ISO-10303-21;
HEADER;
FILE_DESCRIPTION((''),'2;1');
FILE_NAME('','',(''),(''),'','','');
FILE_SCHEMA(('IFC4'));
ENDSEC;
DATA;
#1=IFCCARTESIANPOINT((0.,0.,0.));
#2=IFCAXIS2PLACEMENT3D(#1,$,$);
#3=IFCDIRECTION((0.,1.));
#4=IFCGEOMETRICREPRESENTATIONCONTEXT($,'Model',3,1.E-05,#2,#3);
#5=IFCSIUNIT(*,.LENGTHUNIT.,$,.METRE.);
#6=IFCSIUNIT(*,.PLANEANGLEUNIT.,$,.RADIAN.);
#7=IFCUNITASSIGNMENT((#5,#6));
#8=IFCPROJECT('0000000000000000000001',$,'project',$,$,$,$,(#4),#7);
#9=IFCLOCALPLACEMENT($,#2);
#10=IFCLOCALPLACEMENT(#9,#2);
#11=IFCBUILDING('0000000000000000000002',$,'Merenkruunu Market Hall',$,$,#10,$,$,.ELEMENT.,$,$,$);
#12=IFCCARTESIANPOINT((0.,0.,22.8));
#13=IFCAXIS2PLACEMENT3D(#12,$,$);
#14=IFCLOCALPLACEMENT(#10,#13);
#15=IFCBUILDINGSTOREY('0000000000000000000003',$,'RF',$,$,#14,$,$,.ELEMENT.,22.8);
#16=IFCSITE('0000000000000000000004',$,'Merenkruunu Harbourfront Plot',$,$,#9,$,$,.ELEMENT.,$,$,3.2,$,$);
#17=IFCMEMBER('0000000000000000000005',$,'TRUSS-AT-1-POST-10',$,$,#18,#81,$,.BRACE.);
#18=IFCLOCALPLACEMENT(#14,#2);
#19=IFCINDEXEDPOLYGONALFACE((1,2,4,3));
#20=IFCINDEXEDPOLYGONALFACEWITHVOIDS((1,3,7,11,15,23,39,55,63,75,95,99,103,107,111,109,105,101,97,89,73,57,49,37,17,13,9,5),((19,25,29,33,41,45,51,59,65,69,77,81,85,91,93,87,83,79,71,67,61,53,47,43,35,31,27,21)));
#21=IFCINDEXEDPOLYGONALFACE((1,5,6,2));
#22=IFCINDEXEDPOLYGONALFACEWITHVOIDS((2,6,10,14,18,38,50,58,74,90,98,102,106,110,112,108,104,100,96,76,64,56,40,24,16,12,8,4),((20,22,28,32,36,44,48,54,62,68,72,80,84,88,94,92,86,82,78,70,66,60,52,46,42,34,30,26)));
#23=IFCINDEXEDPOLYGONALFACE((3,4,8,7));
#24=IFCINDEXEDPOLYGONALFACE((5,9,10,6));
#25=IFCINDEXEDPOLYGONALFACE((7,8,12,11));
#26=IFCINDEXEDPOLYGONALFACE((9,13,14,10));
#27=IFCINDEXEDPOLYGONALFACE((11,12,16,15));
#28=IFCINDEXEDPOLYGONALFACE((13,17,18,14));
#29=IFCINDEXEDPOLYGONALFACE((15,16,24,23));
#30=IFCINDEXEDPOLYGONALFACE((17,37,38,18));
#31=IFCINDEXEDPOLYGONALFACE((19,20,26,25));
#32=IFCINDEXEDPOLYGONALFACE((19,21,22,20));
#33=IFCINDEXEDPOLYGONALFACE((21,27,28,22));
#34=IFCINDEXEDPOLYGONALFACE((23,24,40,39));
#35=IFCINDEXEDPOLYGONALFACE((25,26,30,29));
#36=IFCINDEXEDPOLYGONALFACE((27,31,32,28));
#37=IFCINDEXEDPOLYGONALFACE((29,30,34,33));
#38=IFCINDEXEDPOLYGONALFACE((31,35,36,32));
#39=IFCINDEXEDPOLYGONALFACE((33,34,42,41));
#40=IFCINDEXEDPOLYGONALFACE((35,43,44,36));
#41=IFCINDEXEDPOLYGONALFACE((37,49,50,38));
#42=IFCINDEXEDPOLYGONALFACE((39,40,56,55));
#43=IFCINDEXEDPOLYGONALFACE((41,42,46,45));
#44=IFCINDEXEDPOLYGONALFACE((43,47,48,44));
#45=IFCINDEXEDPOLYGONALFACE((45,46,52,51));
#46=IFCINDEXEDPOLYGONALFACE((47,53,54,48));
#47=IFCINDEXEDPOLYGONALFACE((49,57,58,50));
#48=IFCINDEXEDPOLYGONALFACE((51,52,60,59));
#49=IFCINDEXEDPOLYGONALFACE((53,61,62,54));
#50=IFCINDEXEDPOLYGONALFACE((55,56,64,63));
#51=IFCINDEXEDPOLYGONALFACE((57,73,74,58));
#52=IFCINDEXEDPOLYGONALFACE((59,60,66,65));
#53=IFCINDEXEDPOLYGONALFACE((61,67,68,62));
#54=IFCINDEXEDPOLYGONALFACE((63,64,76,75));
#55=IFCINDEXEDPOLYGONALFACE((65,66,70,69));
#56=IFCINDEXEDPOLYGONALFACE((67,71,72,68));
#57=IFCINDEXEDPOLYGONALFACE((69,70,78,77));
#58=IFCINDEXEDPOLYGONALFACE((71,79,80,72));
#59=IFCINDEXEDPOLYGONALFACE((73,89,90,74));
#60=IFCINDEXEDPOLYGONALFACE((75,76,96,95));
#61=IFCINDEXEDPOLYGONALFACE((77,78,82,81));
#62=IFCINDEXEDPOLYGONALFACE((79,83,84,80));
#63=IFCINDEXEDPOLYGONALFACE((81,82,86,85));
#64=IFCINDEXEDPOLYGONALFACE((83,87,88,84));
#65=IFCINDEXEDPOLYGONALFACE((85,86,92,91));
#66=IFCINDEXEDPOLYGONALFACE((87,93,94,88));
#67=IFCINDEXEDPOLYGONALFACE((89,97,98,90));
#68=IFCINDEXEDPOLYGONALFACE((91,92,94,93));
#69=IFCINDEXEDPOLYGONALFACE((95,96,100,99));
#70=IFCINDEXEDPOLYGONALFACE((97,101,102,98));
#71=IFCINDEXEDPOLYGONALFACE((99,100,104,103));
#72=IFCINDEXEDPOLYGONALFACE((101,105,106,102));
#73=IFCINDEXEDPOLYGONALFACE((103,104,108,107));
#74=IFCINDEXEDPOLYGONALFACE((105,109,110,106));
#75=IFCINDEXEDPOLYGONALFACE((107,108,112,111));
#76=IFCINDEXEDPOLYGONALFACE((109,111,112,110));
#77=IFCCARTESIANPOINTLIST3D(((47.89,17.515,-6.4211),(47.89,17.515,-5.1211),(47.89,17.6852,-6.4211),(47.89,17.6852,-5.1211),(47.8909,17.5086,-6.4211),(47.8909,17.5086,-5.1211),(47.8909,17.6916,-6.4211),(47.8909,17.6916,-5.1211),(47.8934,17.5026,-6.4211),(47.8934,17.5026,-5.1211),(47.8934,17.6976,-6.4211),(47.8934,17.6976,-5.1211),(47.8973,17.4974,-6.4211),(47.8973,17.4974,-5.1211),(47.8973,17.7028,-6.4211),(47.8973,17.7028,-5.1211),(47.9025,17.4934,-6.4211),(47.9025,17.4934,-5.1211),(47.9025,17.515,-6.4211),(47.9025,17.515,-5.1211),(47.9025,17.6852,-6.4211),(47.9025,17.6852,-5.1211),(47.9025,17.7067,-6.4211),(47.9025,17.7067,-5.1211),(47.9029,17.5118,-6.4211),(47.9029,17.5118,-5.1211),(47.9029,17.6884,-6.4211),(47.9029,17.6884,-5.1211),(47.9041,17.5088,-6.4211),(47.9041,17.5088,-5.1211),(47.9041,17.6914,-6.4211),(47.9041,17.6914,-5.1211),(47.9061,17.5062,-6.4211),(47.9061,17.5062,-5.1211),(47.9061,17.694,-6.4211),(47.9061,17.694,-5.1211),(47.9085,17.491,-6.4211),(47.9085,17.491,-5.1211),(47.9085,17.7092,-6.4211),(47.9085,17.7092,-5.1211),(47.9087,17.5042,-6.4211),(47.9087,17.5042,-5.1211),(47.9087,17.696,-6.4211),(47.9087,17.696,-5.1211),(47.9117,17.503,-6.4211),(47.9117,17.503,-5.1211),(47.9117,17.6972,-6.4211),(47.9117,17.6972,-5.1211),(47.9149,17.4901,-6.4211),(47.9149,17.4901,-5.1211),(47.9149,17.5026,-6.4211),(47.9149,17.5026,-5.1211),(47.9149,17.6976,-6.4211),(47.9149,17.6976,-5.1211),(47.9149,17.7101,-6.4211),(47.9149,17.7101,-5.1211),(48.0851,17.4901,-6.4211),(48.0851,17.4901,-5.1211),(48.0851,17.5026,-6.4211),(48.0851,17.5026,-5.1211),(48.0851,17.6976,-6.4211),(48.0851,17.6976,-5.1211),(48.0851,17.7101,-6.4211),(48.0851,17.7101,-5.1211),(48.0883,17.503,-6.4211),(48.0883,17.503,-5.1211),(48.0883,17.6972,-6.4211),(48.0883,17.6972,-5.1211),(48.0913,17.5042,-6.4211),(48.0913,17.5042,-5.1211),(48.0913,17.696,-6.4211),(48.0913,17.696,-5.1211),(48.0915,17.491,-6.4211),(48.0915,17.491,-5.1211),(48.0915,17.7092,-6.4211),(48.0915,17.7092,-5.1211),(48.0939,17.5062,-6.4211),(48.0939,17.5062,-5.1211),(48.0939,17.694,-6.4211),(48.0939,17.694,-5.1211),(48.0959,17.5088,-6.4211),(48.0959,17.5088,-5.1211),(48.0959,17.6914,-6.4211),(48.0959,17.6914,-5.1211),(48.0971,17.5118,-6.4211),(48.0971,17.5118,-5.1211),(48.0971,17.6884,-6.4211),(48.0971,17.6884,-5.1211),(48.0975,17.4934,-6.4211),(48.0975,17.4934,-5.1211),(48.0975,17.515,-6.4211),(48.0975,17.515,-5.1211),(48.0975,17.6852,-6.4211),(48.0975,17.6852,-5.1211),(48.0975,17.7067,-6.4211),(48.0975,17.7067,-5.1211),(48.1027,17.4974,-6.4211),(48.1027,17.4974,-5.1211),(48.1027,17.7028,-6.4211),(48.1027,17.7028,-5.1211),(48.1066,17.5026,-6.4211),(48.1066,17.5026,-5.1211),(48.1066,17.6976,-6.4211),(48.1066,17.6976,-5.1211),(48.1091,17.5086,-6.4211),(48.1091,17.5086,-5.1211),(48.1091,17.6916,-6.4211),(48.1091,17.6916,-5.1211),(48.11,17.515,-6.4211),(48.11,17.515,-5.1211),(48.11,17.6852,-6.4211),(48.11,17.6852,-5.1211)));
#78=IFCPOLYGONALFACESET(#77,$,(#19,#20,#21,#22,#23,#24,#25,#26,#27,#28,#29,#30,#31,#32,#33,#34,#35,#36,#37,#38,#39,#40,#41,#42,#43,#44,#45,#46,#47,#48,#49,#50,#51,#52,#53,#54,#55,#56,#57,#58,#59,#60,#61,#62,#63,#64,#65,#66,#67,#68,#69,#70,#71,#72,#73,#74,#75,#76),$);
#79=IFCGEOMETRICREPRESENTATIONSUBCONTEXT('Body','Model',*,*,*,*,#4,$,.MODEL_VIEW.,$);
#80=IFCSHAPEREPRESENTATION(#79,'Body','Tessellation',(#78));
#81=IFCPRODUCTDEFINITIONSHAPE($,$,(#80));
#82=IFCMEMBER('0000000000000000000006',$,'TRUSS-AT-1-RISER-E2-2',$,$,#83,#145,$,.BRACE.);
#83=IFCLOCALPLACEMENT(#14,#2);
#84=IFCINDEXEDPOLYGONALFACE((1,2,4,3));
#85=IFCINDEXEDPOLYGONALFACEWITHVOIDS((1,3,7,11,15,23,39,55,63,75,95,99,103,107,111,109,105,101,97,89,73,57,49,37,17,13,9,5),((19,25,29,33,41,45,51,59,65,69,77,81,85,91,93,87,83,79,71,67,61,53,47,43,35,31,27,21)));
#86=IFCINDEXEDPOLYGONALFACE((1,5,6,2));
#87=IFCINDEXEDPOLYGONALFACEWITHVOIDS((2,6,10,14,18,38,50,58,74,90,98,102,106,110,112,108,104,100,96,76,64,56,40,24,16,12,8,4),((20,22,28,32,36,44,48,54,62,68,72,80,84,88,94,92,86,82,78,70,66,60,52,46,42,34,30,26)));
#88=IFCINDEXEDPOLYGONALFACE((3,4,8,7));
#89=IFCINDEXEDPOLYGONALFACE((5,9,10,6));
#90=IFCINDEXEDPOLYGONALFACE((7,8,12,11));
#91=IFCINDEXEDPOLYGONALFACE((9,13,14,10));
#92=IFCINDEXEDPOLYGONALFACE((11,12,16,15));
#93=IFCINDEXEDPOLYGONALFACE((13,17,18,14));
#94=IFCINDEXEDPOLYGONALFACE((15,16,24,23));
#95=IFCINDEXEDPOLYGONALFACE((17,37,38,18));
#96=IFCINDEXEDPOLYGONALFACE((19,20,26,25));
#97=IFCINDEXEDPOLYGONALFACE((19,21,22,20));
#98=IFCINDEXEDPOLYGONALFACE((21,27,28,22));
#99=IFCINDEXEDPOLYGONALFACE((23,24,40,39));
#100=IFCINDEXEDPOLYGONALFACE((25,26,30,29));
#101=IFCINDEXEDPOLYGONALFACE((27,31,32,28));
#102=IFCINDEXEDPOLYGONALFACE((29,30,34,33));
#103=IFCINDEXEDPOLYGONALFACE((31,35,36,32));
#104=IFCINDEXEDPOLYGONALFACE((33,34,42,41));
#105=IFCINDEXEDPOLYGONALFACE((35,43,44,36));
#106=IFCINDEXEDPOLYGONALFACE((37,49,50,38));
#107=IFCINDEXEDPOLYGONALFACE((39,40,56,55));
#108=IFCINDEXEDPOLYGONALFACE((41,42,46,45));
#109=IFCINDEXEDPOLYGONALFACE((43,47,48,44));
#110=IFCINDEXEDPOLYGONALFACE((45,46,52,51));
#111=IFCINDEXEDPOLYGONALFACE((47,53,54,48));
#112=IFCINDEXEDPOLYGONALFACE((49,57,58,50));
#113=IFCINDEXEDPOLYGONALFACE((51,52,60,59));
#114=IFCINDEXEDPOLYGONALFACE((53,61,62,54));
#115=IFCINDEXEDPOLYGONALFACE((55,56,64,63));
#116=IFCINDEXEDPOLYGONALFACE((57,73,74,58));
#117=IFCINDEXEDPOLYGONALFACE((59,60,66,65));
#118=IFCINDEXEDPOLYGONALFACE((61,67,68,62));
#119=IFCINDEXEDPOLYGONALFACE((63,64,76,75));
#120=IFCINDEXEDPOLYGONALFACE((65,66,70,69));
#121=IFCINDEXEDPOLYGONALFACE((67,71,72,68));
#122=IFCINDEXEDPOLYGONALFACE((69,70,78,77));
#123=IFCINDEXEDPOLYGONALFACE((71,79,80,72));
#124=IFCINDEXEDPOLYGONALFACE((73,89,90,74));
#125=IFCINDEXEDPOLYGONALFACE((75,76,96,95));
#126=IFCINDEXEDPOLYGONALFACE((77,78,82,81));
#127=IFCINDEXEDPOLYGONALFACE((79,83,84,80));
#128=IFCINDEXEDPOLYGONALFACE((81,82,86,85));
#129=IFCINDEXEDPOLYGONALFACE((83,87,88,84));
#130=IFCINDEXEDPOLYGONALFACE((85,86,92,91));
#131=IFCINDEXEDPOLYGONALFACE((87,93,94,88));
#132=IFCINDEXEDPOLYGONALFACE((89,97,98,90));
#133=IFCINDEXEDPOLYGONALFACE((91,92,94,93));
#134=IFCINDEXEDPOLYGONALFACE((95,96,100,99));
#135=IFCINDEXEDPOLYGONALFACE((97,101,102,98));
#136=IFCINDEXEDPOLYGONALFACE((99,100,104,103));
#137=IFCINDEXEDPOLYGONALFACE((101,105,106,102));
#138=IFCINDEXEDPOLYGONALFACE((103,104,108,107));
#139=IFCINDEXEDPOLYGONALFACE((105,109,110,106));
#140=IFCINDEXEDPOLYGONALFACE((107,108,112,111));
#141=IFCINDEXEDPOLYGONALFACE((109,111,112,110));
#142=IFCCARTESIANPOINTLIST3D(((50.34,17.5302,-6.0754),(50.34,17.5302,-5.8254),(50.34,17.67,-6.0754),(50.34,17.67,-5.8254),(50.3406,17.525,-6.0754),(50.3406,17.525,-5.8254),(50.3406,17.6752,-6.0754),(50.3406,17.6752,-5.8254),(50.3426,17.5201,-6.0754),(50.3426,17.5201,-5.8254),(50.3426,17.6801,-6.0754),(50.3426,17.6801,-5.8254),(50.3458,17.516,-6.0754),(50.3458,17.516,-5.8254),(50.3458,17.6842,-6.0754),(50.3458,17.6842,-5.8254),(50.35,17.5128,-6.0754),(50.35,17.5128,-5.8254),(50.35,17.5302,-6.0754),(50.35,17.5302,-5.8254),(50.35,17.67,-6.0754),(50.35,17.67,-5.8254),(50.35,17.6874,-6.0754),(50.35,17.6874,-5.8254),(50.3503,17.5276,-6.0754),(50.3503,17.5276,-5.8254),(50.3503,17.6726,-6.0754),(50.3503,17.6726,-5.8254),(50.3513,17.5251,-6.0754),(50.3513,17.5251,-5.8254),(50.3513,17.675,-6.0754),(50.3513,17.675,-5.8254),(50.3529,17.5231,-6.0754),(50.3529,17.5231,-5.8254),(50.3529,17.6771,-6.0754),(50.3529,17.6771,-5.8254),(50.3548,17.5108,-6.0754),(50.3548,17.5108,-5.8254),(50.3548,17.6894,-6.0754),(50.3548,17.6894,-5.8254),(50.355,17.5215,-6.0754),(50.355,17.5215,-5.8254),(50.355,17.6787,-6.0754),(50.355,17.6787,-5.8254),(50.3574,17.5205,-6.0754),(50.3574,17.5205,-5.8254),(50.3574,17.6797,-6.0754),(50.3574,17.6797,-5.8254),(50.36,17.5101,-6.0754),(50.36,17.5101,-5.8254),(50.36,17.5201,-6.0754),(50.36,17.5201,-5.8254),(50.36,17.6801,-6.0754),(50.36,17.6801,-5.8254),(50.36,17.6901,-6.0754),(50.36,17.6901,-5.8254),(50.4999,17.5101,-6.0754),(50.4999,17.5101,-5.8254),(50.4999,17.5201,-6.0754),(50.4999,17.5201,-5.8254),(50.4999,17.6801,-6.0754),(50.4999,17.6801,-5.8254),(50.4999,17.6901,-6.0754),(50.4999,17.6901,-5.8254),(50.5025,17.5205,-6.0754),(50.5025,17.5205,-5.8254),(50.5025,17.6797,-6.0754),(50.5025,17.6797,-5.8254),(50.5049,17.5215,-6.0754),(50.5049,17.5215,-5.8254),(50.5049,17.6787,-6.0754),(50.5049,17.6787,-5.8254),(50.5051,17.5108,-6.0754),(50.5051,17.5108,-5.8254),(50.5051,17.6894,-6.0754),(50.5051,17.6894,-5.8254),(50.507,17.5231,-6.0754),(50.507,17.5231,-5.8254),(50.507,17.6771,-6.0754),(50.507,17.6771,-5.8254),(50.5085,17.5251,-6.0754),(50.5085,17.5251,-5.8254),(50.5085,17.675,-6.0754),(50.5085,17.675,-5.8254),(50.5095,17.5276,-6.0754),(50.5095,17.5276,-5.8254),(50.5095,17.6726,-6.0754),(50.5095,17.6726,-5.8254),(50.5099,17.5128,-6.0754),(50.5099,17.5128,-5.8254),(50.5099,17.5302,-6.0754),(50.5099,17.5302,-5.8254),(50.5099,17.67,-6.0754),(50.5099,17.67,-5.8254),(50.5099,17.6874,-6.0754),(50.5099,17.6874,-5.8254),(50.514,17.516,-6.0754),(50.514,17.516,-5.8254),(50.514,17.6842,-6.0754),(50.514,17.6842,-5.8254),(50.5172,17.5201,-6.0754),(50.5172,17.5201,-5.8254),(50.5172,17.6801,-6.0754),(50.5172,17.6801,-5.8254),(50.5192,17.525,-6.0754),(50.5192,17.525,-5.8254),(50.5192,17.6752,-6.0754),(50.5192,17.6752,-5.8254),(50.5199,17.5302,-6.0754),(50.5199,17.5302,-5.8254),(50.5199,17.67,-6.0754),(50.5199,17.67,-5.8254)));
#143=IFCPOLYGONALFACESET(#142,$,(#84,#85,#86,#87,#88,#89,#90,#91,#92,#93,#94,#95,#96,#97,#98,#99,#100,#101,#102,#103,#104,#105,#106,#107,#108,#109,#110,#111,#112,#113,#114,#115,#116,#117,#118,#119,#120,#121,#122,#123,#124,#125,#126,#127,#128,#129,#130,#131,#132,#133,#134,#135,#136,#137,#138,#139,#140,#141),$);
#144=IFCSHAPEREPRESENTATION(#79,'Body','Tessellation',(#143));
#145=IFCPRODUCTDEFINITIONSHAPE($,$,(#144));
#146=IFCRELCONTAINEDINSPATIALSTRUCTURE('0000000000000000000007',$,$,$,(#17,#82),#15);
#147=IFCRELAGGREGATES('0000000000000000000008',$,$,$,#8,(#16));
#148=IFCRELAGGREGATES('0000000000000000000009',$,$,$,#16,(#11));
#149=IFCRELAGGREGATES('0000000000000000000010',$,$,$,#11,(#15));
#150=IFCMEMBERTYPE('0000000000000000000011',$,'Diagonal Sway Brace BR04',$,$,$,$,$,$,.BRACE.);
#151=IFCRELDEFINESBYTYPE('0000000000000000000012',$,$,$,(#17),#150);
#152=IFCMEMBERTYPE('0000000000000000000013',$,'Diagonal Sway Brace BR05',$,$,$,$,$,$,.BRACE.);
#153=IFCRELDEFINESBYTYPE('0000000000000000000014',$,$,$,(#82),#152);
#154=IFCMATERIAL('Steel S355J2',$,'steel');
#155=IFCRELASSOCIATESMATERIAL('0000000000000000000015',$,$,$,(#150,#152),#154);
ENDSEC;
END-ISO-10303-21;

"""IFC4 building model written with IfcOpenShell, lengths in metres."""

from ifc_helpers import new_model, si_unit, direction, frame, origin, origin_2d, place, context, subcontext, project, spatial, hollow_rectangle, extrude, material, material_profile, profile_set, type_object, element, save


model = new_model("IFC4")

# Units and contexts
model_context = context("Model", 3, precision=1e-05, world=origin(), true_north=direction((0.0, 1.0)))
body_context = subcontext(model_context, "Body", "Model", "MODEL_VIEW")
ifc_project = project(units=[si_unit("LENGTHUNIT", "METRE"), si_unit("PLANEANGLEUNIT", "RADIAN")], contexts=[model_context])

# Site, building, storey
site_placement = place(None, origin())
site = spatial("IfcSite", under=ifc_project, at=site_placement, Name="Merenkruunu Harbourfront Plot", CompositionType="ELEMENT", RefElevation=3.2)
building_placement = place(site_placement, origin())
building = spatial("IfcBuilding", under=site, at=building_placement, Name="Merenkruunu Market Hall", CompositionType="ELEMENT")
storey_placement = place(building_placement, frame((0.0, 0.0, 22.8)))
storey = spatial("IfcBuildingStorey", under=building, at=storey_placement, Name="RF", CompositionType="ELEMENT", Elevation=22.8)

# Members
ifc_material_1 = material(Name="Steel S355J2", Category="steel")
ifc_material_profile_1 = material_profile(ifc_material_1, hollow_rectangle(XDim=0.22, YDim=0.22, WallThickness=0.0125, InnerFilletRadius=0.0125, OuterFilletRadius=0.0249, at=origin_2d()), Name="SHS 220x220x12.5")
ifc_profile_set_1 = profile_set([ifc_material_profile_1], Name="Steel S355J2")
member_type_1 = type_object("IfcMemberType", Name="Diagonal Sway Brace BR04", PredefinedType="BRACE", material=ifc_profile_set_1)
member_1_placement = place(storey_placement, frame((48.0, 17.6001, -6.4211), z_axis=(0.0, 0.0, 1.0), x_axis=(1.0, 0.0, 0.0)))
element("IfcMember", 1, at=member_1_placement, inside=storey, type_object=member_type_1, Name="TRUSS-AT-1-POST-10", PredefinedType="BRACE", context=body_context, shape_type="SweptSolid", body=[
    extrude(hollow_rectangle(XDim=0.22, YDim=0.22, WallThickness=0.0125, InnerFilletRadius=0.0125, OuterFilletRadius=0.0249, at=origin_2d()), origin(), (0.0, 0.0, 1.0), 1.3),
])
ifc_material_profile_2 = material_profile(ifc_material_1, hollow_rectangle(XDim=0.1799, YDim=0.1799, WallThickness=0.01, InnerFilletRadius=0.01, OuterFilletRadius=0.02, at=origin_2d()), Name="SHS 180x180x10")
ifc_profile_set_2 = profile_set([ifc_material_profile_2], Name="Steel S355J2")
member_type_2 = type_object("IfcMemberType", Name="Diagonal Sway Brace BR05", PredefinedType="BRACE", material=ifc_profile_set_2)
member_2_placement = place(storey_placement, frame((50.4299, 17.6001, -6.0754), z_axis=(0.0, 0.0, 1.0), x_axis=(1.0, 0.0, 0.0)))
element("IfcMember", 2, at=member_2_placement, inside=storey, type_object=member_type_2, Name="TRUSS-AT-1-RISER-E2-2", PredefinedType="BRACE", context=body_context, shape_type="SweptSolid", body=[
    extrude(hollow_rectangle(XDim=0.1799, YDim=0.1799, WallThickness=0.01, InnerFilletRadius=0.01, OuterFilletRadius=0.02, at=origin_2d()), origin(), (0.0, 0.0, 1.0), 0.25),
])

save(model, "model.ifc")
